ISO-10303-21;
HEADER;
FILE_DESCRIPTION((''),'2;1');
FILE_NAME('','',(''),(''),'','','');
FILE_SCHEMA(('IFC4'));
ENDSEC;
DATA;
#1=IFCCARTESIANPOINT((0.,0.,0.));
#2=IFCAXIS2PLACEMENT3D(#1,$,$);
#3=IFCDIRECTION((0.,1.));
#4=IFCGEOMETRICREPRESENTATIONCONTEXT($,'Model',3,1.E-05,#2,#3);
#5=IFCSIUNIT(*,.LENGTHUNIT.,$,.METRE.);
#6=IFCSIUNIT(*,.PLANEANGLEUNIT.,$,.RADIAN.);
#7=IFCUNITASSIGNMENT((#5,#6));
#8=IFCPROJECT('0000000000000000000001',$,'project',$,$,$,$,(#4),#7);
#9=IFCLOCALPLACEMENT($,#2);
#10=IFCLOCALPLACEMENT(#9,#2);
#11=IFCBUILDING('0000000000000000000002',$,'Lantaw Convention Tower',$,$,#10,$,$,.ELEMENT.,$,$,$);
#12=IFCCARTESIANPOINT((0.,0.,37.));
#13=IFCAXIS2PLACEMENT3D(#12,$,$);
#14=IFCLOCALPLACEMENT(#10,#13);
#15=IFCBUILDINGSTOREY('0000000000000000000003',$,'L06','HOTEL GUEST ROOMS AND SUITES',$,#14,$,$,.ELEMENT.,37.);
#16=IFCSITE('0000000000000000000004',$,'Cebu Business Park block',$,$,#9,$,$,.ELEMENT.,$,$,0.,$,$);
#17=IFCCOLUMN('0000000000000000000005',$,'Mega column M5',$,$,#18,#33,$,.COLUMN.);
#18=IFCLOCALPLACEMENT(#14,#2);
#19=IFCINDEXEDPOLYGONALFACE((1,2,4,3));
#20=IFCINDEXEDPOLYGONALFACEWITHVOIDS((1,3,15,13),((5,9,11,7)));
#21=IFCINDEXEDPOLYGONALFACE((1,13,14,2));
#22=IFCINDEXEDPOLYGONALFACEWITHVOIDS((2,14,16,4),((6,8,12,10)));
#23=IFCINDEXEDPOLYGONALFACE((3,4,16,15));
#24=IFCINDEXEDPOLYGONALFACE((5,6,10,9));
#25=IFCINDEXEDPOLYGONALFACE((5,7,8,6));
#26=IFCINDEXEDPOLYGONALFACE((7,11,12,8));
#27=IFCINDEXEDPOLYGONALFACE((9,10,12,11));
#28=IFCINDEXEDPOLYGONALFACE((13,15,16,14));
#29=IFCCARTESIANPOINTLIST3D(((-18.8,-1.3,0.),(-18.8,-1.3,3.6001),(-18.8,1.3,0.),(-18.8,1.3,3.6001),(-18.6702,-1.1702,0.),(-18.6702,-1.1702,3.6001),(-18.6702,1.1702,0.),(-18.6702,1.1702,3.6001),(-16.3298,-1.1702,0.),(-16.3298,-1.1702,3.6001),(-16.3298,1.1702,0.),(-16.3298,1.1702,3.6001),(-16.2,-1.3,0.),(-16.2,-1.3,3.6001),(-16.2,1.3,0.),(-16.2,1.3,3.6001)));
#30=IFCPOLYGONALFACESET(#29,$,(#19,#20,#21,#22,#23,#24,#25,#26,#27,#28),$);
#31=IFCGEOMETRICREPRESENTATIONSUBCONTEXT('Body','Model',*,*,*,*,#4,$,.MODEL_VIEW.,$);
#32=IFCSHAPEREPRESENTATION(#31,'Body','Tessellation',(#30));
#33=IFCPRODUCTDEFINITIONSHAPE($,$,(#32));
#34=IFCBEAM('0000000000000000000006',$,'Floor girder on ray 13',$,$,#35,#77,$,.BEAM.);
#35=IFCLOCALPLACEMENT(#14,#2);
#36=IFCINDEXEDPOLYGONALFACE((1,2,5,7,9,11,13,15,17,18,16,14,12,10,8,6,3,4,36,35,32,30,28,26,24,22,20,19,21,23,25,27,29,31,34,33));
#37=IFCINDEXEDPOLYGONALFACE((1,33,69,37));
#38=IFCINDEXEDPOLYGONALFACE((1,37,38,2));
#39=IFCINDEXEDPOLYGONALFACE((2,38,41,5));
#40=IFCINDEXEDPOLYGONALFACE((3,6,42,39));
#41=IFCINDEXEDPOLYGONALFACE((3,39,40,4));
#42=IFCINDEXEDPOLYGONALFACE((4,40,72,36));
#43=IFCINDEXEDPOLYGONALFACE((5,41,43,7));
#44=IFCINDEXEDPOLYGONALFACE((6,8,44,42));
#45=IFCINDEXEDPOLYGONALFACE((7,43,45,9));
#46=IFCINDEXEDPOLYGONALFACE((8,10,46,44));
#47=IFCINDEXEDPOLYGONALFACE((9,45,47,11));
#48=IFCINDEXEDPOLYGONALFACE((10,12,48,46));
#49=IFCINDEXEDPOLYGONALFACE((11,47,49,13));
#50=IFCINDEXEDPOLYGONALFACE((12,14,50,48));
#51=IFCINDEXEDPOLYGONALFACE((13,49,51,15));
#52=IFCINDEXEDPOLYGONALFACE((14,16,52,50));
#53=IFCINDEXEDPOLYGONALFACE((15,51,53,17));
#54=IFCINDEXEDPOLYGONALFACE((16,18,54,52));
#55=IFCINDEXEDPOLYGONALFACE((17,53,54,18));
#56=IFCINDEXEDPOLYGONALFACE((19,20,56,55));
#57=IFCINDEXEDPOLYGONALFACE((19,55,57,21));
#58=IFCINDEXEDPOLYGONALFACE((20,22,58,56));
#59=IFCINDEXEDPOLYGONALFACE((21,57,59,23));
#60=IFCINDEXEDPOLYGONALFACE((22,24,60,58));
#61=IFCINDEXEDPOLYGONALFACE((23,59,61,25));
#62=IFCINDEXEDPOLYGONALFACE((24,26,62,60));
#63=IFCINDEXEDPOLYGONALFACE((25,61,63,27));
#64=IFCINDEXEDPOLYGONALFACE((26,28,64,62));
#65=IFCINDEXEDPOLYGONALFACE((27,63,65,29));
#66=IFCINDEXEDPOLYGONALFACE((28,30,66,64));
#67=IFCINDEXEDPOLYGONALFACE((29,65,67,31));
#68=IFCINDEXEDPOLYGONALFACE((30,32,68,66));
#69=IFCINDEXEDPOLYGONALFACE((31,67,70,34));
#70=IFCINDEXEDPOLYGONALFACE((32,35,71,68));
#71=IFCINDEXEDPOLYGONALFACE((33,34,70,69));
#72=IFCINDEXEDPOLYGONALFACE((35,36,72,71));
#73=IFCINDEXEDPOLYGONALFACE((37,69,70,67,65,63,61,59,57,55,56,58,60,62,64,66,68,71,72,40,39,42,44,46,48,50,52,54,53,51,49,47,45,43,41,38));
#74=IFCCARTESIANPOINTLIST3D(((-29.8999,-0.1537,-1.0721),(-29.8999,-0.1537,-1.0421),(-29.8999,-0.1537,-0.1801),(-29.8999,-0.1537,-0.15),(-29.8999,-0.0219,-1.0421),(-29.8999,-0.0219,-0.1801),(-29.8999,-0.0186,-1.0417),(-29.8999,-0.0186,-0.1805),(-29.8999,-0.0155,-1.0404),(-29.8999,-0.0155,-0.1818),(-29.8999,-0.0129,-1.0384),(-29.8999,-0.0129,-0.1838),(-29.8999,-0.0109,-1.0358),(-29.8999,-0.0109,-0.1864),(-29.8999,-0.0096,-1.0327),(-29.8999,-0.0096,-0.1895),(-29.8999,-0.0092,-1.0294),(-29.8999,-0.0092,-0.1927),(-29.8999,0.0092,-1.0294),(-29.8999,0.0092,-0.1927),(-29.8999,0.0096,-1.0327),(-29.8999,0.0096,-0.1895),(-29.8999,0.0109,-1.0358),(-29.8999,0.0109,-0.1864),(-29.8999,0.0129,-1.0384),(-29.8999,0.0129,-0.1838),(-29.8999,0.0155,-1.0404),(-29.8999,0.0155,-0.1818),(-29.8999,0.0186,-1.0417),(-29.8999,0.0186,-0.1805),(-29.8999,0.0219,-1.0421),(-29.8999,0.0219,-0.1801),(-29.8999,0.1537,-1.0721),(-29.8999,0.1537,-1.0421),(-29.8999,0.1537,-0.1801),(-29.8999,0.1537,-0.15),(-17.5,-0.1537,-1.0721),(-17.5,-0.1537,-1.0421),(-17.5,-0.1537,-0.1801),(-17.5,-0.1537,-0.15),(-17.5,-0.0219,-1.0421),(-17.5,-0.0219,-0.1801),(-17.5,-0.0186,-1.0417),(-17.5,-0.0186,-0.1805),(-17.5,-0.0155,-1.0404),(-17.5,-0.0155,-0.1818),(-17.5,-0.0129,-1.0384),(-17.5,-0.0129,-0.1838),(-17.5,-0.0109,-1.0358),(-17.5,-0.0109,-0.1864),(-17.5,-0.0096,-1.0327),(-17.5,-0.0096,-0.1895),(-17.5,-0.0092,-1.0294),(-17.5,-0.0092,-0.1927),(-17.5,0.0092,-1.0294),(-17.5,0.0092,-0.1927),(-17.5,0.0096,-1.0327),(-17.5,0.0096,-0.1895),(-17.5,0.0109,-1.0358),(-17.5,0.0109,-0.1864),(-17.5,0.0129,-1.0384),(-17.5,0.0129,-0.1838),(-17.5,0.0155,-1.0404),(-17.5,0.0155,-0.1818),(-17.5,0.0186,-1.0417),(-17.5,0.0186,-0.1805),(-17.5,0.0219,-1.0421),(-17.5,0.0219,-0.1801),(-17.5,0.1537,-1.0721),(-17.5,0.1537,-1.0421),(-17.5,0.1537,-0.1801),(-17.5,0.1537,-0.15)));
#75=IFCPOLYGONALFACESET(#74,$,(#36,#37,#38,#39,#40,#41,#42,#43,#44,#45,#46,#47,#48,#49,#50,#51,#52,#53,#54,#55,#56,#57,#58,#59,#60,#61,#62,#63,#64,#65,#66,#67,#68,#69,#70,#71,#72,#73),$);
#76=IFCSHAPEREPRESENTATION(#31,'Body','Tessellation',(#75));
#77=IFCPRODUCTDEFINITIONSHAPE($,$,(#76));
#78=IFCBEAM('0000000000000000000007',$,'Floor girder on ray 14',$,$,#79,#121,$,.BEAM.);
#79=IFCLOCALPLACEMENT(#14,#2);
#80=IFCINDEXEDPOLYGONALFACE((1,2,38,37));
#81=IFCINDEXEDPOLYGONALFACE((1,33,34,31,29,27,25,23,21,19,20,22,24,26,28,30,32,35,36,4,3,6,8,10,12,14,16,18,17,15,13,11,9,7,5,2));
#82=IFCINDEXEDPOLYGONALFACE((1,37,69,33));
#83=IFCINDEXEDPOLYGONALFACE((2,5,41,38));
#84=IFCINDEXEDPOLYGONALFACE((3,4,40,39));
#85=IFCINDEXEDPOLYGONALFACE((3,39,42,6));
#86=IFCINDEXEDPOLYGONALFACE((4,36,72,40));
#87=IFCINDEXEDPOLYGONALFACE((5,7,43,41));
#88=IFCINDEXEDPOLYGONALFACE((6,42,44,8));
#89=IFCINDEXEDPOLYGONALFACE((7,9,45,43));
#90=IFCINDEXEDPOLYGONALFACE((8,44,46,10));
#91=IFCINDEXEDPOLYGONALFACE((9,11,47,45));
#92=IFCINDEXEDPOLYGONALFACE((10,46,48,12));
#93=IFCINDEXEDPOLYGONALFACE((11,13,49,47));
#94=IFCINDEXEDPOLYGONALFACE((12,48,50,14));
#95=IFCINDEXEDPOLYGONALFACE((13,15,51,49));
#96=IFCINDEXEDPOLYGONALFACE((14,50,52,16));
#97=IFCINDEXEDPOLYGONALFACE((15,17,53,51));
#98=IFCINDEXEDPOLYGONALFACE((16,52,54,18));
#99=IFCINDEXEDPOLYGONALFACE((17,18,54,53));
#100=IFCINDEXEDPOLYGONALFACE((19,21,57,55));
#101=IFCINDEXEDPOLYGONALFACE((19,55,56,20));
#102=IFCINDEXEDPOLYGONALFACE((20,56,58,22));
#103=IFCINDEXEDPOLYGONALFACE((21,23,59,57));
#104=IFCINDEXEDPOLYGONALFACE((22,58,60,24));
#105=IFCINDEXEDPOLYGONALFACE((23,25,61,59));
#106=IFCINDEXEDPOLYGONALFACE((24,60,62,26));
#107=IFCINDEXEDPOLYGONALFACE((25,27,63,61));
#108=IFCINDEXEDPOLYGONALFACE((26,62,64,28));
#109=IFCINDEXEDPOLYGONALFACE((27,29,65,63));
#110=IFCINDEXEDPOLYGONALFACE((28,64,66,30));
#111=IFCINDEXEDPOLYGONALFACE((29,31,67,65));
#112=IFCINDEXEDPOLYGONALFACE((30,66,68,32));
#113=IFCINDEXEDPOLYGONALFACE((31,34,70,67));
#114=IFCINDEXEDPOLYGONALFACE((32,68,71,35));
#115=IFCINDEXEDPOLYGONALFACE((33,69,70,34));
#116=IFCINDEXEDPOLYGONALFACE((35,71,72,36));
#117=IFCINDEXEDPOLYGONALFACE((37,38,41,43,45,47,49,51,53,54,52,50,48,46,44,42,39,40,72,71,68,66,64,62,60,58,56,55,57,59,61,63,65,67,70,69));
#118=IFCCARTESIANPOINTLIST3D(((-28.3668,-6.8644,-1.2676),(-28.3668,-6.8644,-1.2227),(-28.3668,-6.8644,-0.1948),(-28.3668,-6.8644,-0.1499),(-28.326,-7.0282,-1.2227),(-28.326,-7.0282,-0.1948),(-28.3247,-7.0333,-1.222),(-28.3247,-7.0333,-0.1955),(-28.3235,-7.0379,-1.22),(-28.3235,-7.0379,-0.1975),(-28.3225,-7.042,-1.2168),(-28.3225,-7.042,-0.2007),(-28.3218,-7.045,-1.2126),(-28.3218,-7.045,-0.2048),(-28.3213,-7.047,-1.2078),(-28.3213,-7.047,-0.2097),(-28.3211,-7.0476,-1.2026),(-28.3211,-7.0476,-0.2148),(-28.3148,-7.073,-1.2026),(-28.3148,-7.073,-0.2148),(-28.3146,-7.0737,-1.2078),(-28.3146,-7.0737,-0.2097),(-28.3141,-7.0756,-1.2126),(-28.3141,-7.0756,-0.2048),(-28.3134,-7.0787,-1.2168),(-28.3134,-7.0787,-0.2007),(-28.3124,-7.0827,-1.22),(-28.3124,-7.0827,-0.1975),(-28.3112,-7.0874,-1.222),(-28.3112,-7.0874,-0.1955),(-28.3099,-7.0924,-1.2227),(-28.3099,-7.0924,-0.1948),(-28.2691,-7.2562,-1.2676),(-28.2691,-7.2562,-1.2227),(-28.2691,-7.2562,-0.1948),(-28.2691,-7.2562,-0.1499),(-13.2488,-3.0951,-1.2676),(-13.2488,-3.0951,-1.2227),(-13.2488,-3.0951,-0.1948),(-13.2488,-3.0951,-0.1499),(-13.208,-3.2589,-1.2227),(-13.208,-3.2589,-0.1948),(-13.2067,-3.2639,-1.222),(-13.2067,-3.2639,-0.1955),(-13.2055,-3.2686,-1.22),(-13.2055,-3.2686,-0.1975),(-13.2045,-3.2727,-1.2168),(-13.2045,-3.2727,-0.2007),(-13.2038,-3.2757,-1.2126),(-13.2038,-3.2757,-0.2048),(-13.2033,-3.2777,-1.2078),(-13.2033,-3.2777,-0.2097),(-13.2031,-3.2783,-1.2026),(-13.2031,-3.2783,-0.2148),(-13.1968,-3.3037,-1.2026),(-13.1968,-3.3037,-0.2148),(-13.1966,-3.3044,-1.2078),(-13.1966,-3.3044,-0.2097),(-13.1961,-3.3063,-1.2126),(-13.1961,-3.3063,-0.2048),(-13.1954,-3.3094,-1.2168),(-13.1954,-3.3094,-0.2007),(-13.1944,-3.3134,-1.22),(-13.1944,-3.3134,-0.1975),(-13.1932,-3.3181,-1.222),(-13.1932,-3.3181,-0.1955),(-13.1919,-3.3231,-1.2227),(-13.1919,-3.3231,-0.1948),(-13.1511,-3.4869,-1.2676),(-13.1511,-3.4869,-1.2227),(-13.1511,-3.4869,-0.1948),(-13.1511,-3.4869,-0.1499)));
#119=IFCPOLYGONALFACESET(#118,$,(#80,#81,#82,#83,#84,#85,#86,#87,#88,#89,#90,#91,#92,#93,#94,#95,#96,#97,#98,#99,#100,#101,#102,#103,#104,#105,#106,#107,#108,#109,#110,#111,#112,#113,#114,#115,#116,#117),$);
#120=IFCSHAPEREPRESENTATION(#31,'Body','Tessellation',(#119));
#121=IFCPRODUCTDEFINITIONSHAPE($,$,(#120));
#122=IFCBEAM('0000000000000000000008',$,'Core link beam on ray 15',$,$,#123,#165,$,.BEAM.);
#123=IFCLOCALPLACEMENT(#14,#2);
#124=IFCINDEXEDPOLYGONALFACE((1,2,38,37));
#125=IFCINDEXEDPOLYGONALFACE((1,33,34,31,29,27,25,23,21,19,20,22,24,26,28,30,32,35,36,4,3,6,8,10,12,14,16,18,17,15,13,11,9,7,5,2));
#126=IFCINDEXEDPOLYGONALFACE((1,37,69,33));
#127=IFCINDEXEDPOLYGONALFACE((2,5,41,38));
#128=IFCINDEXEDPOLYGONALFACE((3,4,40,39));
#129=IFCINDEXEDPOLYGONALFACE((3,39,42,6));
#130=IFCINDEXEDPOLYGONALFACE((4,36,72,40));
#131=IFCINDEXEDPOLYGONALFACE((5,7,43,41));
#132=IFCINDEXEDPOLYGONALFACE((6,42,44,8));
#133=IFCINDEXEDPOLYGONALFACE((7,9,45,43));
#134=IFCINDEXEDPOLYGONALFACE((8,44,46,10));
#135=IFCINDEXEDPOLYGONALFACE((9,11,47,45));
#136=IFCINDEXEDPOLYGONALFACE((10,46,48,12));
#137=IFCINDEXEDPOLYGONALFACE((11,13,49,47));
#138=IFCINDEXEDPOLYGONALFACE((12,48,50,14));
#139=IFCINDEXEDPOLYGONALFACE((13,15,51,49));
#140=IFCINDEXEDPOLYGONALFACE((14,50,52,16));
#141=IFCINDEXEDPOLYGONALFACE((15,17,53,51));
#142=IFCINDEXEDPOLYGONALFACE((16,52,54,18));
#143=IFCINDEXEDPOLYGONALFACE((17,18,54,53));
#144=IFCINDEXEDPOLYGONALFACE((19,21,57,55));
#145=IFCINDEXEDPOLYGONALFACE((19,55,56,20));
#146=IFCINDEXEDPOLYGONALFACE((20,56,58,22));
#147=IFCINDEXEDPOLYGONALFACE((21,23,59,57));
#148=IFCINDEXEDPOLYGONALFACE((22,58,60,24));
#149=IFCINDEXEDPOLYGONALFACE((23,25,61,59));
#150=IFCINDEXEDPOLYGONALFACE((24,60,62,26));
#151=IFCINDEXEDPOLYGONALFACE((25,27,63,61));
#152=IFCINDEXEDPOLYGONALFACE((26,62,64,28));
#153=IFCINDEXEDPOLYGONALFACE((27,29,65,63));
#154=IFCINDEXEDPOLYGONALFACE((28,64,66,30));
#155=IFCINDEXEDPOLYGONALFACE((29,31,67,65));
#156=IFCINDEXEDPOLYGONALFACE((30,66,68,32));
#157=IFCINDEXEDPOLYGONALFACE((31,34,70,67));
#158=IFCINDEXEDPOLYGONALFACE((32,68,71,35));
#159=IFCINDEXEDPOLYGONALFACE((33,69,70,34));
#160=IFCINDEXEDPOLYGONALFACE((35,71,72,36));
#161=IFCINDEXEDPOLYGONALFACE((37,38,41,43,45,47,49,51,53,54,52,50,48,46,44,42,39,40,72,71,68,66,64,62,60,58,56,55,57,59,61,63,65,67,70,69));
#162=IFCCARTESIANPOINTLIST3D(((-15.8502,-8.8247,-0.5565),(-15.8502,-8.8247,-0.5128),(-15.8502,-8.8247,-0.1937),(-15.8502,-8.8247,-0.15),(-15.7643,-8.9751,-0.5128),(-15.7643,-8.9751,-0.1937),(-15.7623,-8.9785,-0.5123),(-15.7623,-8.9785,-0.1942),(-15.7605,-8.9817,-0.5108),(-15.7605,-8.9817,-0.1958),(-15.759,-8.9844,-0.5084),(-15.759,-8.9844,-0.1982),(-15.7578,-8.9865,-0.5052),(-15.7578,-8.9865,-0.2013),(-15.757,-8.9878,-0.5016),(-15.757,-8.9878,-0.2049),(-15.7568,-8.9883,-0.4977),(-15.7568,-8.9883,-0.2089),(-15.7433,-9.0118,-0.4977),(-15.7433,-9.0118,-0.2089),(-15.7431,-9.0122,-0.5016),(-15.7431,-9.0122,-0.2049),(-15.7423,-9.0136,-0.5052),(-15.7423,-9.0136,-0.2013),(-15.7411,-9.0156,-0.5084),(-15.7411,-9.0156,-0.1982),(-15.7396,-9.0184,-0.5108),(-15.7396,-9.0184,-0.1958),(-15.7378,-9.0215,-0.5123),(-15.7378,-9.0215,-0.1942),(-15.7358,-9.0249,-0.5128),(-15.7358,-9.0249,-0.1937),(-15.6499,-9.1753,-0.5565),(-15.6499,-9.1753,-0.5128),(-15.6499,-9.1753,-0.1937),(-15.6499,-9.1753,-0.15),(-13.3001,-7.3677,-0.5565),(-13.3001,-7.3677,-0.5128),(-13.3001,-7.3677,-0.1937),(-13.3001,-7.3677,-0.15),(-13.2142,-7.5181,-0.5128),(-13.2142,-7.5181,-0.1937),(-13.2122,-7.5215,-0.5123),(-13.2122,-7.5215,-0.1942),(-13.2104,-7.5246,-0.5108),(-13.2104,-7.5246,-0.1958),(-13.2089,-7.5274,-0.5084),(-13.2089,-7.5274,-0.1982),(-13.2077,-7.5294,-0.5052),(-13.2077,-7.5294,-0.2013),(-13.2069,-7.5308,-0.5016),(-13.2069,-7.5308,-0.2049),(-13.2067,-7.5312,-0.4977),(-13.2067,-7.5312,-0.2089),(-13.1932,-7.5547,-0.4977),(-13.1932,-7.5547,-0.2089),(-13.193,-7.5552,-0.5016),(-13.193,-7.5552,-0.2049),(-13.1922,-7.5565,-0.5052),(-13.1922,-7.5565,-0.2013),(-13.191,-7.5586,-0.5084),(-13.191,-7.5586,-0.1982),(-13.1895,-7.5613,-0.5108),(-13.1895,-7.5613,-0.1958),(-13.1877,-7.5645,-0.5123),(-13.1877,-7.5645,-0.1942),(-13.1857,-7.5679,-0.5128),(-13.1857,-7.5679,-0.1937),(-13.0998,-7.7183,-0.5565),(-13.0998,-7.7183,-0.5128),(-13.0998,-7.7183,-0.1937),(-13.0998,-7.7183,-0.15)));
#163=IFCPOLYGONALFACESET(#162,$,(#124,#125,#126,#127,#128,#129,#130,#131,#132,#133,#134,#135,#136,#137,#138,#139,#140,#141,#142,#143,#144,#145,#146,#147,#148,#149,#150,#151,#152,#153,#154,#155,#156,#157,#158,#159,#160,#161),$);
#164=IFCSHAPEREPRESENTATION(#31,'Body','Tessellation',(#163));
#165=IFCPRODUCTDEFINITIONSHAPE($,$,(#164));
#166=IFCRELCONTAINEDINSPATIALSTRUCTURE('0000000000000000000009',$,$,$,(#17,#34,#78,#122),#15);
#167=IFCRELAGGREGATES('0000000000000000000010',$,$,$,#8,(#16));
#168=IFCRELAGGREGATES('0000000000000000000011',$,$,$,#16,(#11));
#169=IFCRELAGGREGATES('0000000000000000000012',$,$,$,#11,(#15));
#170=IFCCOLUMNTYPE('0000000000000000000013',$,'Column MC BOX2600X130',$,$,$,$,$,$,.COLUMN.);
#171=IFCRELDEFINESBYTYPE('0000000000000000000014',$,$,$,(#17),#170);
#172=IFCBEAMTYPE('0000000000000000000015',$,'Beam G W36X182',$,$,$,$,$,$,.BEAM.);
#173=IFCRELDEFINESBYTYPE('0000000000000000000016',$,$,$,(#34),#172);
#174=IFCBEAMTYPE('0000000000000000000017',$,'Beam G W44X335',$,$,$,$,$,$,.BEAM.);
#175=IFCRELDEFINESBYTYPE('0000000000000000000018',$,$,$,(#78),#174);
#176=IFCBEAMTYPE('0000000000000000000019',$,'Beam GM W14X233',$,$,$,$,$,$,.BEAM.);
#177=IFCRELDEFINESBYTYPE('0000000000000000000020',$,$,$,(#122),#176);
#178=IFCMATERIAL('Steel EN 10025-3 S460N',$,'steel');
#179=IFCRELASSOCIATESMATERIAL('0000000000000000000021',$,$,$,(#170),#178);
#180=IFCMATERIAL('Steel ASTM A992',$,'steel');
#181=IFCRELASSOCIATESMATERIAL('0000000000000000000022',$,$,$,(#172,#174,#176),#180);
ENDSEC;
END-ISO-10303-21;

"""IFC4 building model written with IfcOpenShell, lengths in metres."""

from ifc_helpers import new_model, si_unit, direction, frame, origin, origin_2d, place, context, subcontext, project, spatial, rectangle, hollow_rectangle, i_section, extrude, material, material_profile, profile_set, type_object, element, save


model = new_model("IFC4")

# Units and contexts
model_context = context("Model", 3, precision=1e-05, world=origin(), true_north=direction((0.0, 1.0)))
body_context = subcontext(model_context, "Body", "Model", "MODEL_VIEW")
ifc_project = project(units=[si_unit("LENGTHUNIT", "METRE"), si_unit("PLANEANGLEUNIT", "RADIAN")], contexts=[model_context])

# Site, building, storey
site_placement = place(None, origin())
site = spatial("IfcSite", under=ifc_project, at=site_placement, Name="Cebu Business Park block", CompositionType="ELEMENT", RefElevation=0.0)
building_placement = place(site_placement, origin())
building = spatial("IfcBuilding", under=site, at=building_placement, Name="Lantaw Convention Tower", CompositionType="ELEMENT")
storey_placement = place(building_placement, frame((0.0, 0.0, 37.0)))
storey = spatial("IfcBuildingStorey", under=building, at=storey_placement, Name="L06", Description="HOTEL GUEST ROOMS AND SUITES", CompositionType="ELEMENT", Elevation=37.0)

# Column
ifc_material_1 = material(Name="Steel EN 10025-3 S460N", Category="steel")
ifc_material_profile_1 = material_profile(ifc_material_1, hollow_rectangle(XDim=2.6001, YDim=2.6001, WallThickness=0.1299, at=origin_2d()), Name="BOX2600X130")
ifc_material_2 = material(Name="Concrete C60/75", Category="concrete")
ifc_material_profile_2 = material_profile(ifc_material_2, rectangle(XDim=2.3401, YDim=2.3401, at=origin_2d()), Name="Concrete fill of BOX2600X130")
ifc_profile_set_1 = profile_set([ifc_material_profile_1, ifc_material_profile_2], Name="Steel EN 10025-3 S460N")
column_type = type_object("IfcColumnType", Name="Column MC BOX2600X130", PredefinedType="COLUMN", material=ifc_profile_set_1)
column_placement = place(storey_placement, frame((-17.5, 0.0, 0.0), z_axis=(0.0, 0.0, 1.0), x_axis=(1.0, 0.0, 0.0)))
element("IfcColumn", 1, at=column_placement, inside=storey, type_object=column_type, Name="Mega column M5", PredefinedType="COLUMN", context=body_context, shape_type="SweptSolid", body=[
    extrude(hollow_rectangle(XDim=2.6001, YDim=2.6001, WallThickness=0.1299, at=origin_2d()), origin(), (0.0, 0.0, 1.0), 3.6001),
])

# Beams
ifc_material_3 = material(Name="Steel ASTM A992", Category="steel")
ifc_material_profile_3 = material_profile(ifc_material_3, i_section(OverallWidth=0.3074, OverallDepth=0.9221, WebThickness=0.0183, FlangeThickness=0.03, FilletRadius=0.0127, at=origin_2d()), Name="W36X182")
ifc_profile_set_2 = profile_set([ifc_material_profile_3], Name="Steel ASTM A992")
beam_type_1 = type_object("IfcBeamType", Name="Beam G W36X182", PredefinedType="BEAM", material=ifc_profile_set_2)
beam_1_placement = place(storey_placement, frame((-17.5, 0.0, -0.6111), z_axis=(-1.0, 0.0, 0.0), x_axis=(0.0, -1.0, 0.0)))
element("IfcBeam", 2, at=beam_1_placement, inside=storey, type_object=beam_type_1, Name="Floor girder on ray 13", PredefinedType="BEAM", context=body_context, shape_type="SweptSolid", body=[
    extrude(i_section(OverallWidth=0.3074, OverallDepth=0.9221, WebThickness=0.0183, FlangeThickness=0.03, FilletRadius=0.0127, at=origin_2d()), origin(), (0.0, 0.0, 1.0), 12.3999),
])
ifc_material_profile_4 = material_profile(ifc_material_3, i_section(OverallWidth=0.4038, OverallDepth=1.1177, WebThickness=0.0261, FlangeThickness=0.0449, FilletRadius=0.02, at=origin_2d()), Name="W44X335")
ifc_profile_set_3 = profile_set([ifc_material_profile_4], Name="Steel ASTM A992")
beam_type_2 = type_object("IfcBeamType", Name="Beam G W44X335", PredefinedType="BEAM", material=ifc_profile_set_3)
beam_2_placement = place(storey_placement, frame((-13.2, -3.291, -0.7087), z_axis=(-0.970296, -0.24192, 0.0), x_axis=(0.24192, -0.970296, 0.0)))
element("IfcBeam", 3, at=beam_2_placement, inside=storey, type_object=beam_type_2, Name="Floor girder on ray 14", PredefinedType="BEAM", context=body_context, shape_type="SweptSolid", body=[
    extrude(i_section(OverallWidth=0.4038, OverallDepth=1.1177, WebThickness=0.0261, FlangeThickness=0.0449, FilletRadius=0.02, at=origin_2d()), origin(), (0.0, 0.0, 1.0), 15.5808),
])
ifc_material_profile_5 = material_profile(ifc_material_3, i_section(OverallWidth=0.4038, OverallDepth=0.4065, WebThickness=0.0271, FlangeThickness=0.0437, FilletRadius=0.0151, at=origin_2d()), Name="W14X233")
ifc_profile_set_4 = profile_set([ifc_material_profile_5], Name="Steel ASTM A992")
beam_type_3 = type_object("IfcBeamType", Name="Beam GM W14X233", PredefinedType="BEAM", material=ifc_profile_set_4)
beam_3_placement = place(storey_placement, frame((-13.2, -7.543, -0.3533), z_axis=(-0.868264, -0.496103, 0.0), x_axis=(0.496103, -0.868264, 0.0)))
element("IfcBeam", 4, at=beam_3_placement, inside=storey, type_object=beam_type_3, Name="Core link beam on ray 15", PredefinedType="BEAM", context=body_context, shape_type="SweptSolid", body=[
    extrude(i_section(OverallWidth=0.4038, OverallDepth=0.4065, WebThickness=0.0271, FlangeThickness=0.0437, FilletRadius=0.0151, at=origin_2d()), origin(), (0.0, 0.0, 1.0), 2.937),
])

save(model, "model.ifc")
